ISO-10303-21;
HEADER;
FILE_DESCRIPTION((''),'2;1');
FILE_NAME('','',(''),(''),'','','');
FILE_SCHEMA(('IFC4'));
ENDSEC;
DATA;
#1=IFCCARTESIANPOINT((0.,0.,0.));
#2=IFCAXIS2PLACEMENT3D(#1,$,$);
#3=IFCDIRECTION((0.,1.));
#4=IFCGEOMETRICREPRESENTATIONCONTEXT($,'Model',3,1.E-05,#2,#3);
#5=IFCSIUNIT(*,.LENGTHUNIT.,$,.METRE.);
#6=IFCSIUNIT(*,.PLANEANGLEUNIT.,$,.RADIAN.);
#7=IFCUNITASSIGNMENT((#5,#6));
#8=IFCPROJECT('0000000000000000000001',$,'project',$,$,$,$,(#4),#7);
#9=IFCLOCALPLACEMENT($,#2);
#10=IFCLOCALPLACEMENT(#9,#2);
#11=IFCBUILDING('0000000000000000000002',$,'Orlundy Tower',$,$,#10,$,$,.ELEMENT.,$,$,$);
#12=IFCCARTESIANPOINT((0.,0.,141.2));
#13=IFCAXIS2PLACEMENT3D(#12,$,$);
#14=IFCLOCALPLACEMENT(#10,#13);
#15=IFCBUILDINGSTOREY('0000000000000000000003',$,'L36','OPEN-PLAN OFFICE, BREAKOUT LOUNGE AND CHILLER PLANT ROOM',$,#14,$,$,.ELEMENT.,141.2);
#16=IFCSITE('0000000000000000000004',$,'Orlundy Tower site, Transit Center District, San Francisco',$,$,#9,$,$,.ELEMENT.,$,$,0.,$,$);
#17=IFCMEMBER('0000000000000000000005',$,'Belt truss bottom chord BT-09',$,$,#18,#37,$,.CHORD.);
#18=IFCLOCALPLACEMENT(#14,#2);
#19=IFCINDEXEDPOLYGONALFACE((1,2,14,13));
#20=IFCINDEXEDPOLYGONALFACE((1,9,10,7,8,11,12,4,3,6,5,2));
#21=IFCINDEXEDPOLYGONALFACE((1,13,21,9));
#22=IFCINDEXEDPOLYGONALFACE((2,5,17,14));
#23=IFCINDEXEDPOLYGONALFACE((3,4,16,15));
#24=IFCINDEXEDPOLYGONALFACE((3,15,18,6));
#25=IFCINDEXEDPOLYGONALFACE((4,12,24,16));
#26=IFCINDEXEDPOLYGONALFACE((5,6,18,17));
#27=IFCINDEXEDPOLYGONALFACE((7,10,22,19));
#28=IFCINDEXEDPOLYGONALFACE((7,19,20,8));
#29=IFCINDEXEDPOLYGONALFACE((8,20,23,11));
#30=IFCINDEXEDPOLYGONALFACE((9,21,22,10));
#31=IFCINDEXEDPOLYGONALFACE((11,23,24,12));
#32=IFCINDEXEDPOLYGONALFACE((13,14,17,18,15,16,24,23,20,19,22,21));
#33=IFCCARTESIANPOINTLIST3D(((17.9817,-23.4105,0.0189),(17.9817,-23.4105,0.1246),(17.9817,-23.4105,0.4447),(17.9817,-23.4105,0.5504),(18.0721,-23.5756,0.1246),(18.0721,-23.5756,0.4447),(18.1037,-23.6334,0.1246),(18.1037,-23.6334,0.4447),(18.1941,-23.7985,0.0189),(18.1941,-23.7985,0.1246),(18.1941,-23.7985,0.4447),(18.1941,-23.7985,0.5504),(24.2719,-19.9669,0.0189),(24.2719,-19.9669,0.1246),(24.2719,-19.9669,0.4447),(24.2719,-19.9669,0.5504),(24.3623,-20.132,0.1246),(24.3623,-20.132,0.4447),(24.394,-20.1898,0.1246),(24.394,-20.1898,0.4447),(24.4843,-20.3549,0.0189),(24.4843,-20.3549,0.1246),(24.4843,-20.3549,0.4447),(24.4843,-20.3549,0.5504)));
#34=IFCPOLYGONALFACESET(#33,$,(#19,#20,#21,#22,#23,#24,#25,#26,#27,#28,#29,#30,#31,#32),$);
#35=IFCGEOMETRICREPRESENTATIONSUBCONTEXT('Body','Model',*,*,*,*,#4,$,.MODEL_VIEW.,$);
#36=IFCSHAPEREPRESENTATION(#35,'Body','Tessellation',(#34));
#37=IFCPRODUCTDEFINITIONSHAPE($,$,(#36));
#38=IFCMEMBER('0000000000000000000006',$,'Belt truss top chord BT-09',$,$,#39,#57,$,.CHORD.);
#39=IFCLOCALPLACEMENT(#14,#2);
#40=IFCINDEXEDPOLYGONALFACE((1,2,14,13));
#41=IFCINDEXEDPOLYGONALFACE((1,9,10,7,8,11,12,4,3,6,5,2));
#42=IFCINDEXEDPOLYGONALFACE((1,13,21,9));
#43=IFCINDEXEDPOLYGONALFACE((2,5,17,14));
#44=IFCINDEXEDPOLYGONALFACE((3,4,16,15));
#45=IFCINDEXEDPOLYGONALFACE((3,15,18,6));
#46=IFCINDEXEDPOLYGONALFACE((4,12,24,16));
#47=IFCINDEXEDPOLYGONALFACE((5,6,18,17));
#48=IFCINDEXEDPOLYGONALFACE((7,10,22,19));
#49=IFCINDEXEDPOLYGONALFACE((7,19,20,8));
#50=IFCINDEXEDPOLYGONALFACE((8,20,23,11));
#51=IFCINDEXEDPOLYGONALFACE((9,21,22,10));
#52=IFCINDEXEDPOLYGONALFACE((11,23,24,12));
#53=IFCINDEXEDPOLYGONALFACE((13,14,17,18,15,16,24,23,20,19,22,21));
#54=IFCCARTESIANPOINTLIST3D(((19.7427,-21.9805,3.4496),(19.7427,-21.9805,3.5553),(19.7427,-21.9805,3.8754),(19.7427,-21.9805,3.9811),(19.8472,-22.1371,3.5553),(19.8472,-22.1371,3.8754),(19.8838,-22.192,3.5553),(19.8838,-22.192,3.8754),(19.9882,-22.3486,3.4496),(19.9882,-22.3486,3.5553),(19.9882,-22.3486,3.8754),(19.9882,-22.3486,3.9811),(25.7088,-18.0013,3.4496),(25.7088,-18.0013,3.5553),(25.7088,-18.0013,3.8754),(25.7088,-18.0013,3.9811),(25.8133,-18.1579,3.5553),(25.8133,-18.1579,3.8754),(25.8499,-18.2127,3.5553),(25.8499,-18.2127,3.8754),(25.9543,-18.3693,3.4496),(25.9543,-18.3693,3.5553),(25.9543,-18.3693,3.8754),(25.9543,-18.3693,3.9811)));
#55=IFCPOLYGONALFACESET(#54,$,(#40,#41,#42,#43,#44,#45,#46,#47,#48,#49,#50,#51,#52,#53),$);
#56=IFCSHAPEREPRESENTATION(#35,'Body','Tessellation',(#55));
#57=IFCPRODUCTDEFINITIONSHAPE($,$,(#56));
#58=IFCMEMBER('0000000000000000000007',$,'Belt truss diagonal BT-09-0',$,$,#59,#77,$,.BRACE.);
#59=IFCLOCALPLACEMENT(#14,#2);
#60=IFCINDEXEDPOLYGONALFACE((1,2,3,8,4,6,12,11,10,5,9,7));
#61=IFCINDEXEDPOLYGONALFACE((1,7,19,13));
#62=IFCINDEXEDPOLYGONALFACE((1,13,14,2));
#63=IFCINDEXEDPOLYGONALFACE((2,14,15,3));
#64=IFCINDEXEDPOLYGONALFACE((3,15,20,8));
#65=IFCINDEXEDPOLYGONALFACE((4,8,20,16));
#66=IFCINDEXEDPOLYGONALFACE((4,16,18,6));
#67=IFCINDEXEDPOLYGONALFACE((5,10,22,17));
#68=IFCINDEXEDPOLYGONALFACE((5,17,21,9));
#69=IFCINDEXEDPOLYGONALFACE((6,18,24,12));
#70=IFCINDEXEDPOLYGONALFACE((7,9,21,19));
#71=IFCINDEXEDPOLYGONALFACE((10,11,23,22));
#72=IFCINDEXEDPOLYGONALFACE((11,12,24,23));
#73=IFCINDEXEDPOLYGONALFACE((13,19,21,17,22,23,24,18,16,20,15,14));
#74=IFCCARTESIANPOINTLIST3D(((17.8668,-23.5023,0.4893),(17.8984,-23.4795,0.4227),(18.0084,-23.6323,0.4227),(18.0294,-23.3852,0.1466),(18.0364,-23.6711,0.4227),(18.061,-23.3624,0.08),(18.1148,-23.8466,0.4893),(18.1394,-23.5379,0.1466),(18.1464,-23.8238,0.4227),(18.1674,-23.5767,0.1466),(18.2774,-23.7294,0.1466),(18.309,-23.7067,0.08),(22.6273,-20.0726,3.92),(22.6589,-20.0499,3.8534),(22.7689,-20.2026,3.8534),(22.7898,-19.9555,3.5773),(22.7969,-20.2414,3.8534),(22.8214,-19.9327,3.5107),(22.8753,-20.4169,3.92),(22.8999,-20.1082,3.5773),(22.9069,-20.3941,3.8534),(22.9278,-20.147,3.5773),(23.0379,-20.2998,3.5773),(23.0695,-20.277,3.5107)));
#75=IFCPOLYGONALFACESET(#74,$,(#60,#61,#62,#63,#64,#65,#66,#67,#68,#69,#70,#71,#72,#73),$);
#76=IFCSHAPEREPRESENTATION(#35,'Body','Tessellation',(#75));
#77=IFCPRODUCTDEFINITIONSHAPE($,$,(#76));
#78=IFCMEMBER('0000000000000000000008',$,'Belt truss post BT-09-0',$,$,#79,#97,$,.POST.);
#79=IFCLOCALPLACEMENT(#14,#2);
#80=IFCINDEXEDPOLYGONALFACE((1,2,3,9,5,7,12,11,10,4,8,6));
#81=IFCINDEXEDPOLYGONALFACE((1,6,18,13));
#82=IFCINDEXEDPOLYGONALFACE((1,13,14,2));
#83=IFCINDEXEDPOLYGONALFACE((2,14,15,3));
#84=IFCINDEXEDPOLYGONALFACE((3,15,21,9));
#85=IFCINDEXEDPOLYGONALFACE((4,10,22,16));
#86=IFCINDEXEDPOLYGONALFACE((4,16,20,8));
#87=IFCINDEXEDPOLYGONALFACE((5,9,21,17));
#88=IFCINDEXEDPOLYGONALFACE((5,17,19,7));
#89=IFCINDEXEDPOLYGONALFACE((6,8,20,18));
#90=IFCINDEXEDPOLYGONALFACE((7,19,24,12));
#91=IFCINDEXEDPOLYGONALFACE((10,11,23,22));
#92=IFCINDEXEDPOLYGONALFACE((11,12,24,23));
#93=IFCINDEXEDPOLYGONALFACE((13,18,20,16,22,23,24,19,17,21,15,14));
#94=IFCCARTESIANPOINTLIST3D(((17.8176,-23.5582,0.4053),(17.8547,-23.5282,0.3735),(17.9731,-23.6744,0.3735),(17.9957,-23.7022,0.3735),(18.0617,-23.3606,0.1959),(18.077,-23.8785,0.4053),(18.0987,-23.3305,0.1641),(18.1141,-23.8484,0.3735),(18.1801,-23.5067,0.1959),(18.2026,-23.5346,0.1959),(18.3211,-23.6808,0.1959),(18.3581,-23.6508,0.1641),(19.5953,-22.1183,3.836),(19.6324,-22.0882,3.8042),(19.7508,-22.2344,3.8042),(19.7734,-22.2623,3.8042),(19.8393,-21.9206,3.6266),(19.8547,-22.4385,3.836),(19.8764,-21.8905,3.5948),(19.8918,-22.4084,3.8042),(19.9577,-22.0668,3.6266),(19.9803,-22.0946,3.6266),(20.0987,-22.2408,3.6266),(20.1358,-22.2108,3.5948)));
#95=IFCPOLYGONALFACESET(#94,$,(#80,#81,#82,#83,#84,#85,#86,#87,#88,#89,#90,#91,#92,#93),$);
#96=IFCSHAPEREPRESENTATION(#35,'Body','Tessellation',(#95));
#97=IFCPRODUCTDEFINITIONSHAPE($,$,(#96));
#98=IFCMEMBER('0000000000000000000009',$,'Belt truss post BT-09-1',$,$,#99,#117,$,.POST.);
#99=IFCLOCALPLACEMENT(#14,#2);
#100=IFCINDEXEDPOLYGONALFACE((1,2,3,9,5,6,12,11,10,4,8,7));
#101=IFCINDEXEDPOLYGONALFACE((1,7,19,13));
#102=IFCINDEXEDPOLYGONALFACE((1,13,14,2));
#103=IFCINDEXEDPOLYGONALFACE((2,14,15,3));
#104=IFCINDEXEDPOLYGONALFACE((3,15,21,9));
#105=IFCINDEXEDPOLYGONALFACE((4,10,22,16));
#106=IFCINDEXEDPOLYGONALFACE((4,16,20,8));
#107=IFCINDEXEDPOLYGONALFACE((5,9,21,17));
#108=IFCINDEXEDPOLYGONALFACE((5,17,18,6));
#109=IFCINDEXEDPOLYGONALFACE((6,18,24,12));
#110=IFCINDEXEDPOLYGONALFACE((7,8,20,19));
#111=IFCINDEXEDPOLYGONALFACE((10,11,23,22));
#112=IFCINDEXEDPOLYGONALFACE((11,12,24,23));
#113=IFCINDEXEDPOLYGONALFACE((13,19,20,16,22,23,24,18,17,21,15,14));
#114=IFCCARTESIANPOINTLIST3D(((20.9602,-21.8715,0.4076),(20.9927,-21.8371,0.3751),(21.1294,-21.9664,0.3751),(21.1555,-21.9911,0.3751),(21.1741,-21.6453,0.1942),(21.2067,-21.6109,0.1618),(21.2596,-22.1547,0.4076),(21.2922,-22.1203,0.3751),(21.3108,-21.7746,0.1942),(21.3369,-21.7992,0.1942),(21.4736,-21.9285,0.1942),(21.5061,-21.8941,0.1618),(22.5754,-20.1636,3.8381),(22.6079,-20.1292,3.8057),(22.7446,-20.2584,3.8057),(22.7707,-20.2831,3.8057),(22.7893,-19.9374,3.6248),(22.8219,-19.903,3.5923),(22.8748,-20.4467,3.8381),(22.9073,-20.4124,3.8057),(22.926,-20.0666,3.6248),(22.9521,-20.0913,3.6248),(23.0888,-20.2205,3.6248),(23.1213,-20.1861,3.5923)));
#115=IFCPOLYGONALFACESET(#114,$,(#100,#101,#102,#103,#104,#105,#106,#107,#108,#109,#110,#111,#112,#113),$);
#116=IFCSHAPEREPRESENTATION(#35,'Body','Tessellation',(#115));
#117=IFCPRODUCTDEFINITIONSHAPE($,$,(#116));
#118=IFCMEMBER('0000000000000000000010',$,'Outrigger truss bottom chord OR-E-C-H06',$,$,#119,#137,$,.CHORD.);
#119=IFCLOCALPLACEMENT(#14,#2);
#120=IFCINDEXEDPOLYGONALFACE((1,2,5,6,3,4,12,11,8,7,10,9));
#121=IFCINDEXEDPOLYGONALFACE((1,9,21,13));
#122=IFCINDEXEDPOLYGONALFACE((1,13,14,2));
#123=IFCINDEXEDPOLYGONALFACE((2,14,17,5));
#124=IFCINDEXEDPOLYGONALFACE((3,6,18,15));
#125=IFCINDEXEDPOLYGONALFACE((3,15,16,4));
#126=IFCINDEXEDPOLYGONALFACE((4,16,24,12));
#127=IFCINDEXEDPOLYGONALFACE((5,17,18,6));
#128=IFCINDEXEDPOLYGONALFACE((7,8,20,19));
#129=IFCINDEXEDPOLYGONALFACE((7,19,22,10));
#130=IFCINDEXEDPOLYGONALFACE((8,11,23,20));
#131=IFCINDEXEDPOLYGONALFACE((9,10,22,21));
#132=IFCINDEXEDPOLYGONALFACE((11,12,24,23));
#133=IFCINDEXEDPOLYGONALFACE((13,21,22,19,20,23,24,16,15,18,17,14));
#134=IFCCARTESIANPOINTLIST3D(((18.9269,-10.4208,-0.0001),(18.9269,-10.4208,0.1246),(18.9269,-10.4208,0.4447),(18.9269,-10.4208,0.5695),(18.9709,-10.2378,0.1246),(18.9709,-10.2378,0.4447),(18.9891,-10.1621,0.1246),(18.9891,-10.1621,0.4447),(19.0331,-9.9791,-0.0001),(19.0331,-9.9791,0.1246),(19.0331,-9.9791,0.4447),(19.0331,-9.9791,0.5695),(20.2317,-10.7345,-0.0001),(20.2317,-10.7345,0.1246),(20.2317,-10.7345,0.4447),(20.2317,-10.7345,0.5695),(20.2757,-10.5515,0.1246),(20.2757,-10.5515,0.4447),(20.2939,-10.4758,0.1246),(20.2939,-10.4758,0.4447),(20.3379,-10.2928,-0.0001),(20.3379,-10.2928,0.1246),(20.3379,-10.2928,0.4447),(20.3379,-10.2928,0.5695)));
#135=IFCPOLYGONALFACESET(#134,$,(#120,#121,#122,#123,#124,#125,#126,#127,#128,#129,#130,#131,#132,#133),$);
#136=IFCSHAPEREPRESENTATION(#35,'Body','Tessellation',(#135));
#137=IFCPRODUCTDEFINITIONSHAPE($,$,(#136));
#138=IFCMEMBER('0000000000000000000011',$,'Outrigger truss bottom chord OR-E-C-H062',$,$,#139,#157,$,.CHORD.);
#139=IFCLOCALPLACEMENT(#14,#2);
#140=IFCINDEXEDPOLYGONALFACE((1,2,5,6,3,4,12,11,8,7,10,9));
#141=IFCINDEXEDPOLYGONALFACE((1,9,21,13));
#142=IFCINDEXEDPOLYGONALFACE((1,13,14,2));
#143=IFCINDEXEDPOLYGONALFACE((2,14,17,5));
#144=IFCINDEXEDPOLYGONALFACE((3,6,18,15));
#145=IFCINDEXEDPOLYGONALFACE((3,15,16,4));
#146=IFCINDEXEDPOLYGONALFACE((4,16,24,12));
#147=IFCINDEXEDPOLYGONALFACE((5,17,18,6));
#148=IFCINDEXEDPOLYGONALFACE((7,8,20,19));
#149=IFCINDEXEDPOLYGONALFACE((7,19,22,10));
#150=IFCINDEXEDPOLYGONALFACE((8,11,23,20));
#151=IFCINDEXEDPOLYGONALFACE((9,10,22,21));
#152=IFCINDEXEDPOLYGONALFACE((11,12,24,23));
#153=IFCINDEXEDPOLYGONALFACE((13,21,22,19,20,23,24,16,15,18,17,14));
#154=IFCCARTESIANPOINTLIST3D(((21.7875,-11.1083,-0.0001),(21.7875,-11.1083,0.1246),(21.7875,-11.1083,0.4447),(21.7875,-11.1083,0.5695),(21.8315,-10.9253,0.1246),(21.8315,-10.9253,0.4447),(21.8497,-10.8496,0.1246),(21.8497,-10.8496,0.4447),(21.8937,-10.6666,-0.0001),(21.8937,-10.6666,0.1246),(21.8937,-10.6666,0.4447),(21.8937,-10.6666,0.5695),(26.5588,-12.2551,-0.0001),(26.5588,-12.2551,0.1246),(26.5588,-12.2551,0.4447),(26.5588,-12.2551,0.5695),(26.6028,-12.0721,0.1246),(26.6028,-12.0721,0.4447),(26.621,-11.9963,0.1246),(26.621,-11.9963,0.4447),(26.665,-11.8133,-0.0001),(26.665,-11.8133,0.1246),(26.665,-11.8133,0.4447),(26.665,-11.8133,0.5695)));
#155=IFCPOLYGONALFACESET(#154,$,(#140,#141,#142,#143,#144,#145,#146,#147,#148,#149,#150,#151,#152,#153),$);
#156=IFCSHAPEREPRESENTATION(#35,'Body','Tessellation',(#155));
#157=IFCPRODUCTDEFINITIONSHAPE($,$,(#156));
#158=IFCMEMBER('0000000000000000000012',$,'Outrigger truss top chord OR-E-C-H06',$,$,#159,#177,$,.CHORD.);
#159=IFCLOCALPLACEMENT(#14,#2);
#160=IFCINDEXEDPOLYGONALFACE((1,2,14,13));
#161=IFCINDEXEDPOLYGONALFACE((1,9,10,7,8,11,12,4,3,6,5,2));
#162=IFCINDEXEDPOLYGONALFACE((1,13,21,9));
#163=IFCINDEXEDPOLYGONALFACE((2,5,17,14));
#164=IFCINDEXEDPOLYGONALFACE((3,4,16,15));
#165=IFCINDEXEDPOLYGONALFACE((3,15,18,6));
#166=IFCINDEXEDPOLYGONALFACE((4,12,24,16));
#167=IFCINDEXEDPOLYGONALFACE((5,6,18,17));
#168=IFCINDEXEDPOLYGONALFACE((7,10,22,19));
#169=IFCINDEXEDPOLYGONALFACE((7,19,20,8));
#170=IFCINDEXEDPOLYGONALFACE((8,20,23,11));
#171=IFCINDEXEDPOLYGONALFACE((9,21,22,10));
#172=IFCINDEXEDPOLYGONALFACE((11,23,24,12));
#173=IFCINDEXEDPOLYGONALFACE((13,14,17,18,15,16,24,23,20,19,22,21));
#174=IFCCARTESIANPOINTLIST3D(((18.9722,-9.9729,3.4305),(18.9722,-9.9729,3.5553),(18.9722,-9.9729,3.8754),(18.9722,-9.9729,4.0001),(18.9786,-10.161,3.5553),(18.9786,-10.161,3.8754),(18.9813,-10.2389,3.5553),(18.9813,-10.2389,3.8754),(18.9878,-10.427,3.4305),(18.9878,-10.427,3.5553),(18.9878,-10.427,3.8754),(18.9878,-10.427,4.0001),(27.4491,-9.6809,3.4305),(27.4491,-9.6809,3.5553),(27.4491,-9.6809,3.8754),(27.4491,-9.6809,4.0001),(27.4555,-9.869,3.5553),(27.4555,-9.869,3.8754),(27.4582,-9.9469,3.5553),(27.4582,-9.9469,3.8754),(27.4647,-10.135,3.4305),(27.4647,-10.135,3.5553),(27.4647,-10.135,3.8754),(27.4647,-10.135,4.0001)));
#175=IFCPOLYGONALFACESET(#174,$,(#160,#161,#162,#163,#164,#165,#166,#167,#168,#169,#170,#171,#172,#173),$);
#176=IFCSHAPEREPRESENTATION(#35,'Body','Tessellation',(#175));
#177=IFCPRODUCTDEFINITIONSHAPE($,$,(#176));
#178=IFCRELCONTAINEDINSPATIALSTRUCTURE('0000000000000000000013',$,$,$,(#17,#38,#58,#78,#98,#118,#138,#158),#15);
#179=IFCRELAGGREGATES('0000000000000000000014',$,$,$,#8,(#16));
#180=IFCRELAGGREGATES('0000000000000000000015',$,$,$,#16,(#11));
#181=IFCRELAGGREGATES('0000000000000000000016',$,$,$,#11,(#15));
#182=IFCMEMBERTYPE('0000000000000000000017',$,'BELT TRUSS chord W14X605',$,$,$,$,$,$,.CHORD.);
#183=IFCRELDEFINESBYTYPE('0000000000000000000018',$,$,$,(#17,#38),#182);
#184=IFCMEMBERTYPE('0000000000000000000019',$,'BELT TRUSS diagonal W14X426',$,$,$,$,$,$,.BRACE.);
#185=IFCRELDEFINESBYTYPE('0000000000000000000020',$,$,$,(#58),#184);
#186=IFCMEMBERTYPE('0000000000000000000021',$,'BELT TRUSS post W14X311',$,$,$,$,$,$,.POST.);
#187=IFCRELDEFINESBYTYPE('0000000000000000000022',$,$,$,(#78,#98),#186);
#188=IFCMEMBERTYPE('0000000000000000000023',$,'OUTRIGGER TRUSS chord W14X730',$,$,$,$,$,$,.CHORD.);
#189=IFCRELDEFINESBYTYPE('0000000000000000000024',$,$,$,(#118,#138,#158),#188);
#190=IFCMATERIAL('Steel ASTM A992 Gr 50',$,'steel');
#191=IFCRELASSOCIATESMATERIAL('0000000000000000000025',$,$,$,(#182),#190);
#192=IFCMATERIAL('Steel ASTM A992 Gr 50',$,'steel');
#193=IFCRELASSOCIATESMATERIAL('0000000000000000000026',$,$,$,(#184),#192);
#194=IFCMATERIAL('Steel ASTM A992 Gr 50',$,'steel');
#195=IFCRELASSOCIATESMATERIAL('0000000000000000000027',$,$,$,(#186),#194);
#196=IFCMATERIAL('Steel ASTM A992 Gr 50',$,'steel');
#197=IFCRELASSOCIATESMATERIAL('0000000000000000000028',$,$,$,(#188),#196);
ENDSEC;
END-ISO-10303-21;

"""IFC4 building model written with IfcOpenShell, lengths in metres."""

from ifc_helpers import new_model, si_unit, direction, frame, origin, origin_2d, place, context, subcontext, project, spatial, i_section, extrude, material, material_profile, profile_set, type_object, element, save


model = new_model("IFC4")

# Units and contexts
model_context = context("Model", 3, precision=1e-05, world=origin(), true_north=direction((0.0, 1.0)))
body_context = subcontext(model_context, "Body", "Model", "MODEL_VIEW")
ifc_project = project(units=[si_unit("LENGTHUNIT", "METRE"), si_unit("PLANEANGLEUNIT", "RADIAN")], contexts=[model_context])

# Site, building, storey
site_placement = place(None, origin())
site = spatial("IfcSite", under=ifc_project, at=site_placement, Name="Orlundy Tower site, Transit Center District, San Francisco", CompositionType="ELEMENT", RefElevation=0.0)
building_placement = place(site_placement, origin())
building = spatial("IfcBuilding", under=site, at=building_placement, Name="Orlundy Tower", CompositionType="ELEMENT")
storey_placement = place(building_placement, frame((0.0, 0.0, 141.2)))
storey = spatial("IfcBuildingStorey", under=building, at=storey_placement, Name="L36", Description="OPEN-PLAN OFFICE, BREAKOUT LOUNGE AND CHILLER PLANT ROOM", CompositionType="ELEMENT", Elevation=141.2)

# Members
ifc_material_1 = material(Name="Steel ASTM A992 Gr 50", Category="steel")
ifc_material_profile_1 = material_profile(ifc_material_1, i_section(OverallWidth=0.4424, OverallDepth=0.5315, WebThickness=0.0659, FlangeThickness=0.1057, at=origin_2d()), Name="W14X605")
ifc_profile_set_1 = profile_set([ifc_material_profile_1], Name="Steel ASTM A992 Gr 50")
member_type_1 = type_object("IfcMemberType", Name="BELT TRUSS chord W14X605", PredefinedType="CHORD", material=ifc_profile_set_1)
member_1_placement = place(storey_placement, frame((18.0879, -23.6045, 0.2847), z_axis=(0.877159, 0.480199, 0.0), x_axis=(-0.480199, 0.877159, 0.0)))
element("IfcMember", 1, at=member_1_placement, inside=storey, type_object=member_type_1, Name="Belt truss bottom chord BT-09", PredefinedType="CHORD", context=body_context, shape_type="SweptSolid", body=[
    extrude(i_section(OverallWidth=0.4424, OverallDepth=0.5315, WebThickness=0.0659, FlangeThickness=0.1057, at=origin_2d()), origin(), (0.0, 0.0, 1.0), 7.1711),
])
member_2_placement = place(storey_placement, frame((19.8655, -22.1646, 3.7153), z_axis=(0.83193, 0.554881, 0.0), x_axis=(-0.554881, 0.83193, 0.0)))
element("IfcMember", 2, at=member_2_placement, inside=storey, type_object=member_type_1, Name="Belt truss top chord BT-09", PredefinedType="CHORD", context=body_context, shape_type="SweptSolid", body=[
    extrude(i_section(OverallWidth=0.4424, OverallDepth=0.5315, WebThickness=0.0659, FlangeThickness=0.1057, at=origin_2d()), origin(), (0.0, 0.0, 1.0), 7.1714),
])
ifc_material_2 = material(Name="Steel ASTM A992 Gr 50", Category="steel")
ifc_material_profile_2 = material_profile(ifc_material_2, i_section(OverallWidth=0.4243, OverallDepth=0.4741, WebThickness=0.0479, FlangeThickness=0.0771, at=origin_2d()), Name="W14X426")
ifc_profile_set_2 = profile_set([ifc_material_profile_2], Name="Steel ASTM A992 Gr 50")
member_type_2 = type_object("IfcMemberType", Name="BELT TRUSS diagonal W14X426", PredefinedType="BRACE", material=ifc_profile_set_2)
member_3_placement = place(storey_placement, frame((18.0879, -23.6045, 0.2847), z_axis=(0.700418, 0.504614, 0.504758), x_axis=(-0.584544, 0.811362, 0.0)))
element("IfcMember", 3, at=member_3_placement, inside=storey, type_object=member_type_2, Name="Belt truss diagonal BT-09-0", PredefinedType="BRACE", context=body_context, shape_type="SweptSolid", body=[
    extrude(i_section(OverallWidth=0.4243, OverallDepth=0.4741, WebThickness=0.0479, FlangeThickness=0.0771, at=origin_2d()), origin(), (0.0, 0.0, 1.0), 6.7966),
])
ifc_material_3 = material(Name="Steel ASTM A992 Gr 50", Category="steel")
ifc_material_profile_3 = material_profile(ifc_material_3, i_section(OverallWidth=0.4121, OverallDepth=0.4348, WebThickness=0.0359, FlangeThickness=0.0574, at=origin_2d()), Name="W14X311")
ifc_profile_set_3 = profile_set([ifc_material_profile_3], Name="Steel ASTM A992 Gr 50")
member_type_3 = type_object("IfcMemberType", Name="BELT TRUSS post W14X311", PredefinedType="POST", material=ifc_profile_set_3)
member_4_placement = place(storey_placement, frame((18.0879, -23.6045, 0.2847), z_axis=(0.431094, 0.349209, 0.831992), x_axis=(-0.629447, 0.777044, 0.0)))
element("IfcMember", 4, at=member_4_placement, inside=storey, type_object=member_type_3, Name="Belt truss post BT-09-0", PredefinedType="POST", context=body_context, shape_type="SweptSolid", body=[
    extrude(i_section(OverallWidth=0.4121, OverallDepth=0.4348, WebThickness=0.0359, FlangeThickness=0.0574, at=origin_2d()), origin(), (0.0, 0.0, 1.0), 4.1235),
])
member_5_placement = place(storey_placement, frame((21.2332, -21.8828, 0.2847), z_axis=(0.388388, 0.410696, 0.824914), x_axis=(-0.726564, 0.687099, 0.0)))
element("IfcMember", 5, at=member_5_placement, inside=storey, type_object=member_type_3, Name="Belt truss post BT-09-1", PredefinedType="POST", context=body_context, shape_type="SweptSolid", body=[
    extrude(i_section(OverallWidth=0.4121, OverallDepth=0.4348, WebThickness=0.0359, FlangeThickness=0.0574, at=origin_2d()), origin(), (0.0, 0.0, 1.0), 4.1587),
])
ifc_material_4 = material(Name="Steel ASTM A992 Gr 50", Category="steel")
ifc_material_profile_4 = material_profile(ifc_material_4, i_section(OverallWidth=0.4543, OverallDepth=0.5696, WebThickness=0.0779, FlangeThickness=0.1248, at=origin_2d()), Name="W14X730")
ifc_profile_set_4 = profile_set([ifc_material_profile_4], Name="Steel ASTM A992 Gr 50")
member_type_4 = type_object("IfcMemberType", Name="OUTRIGGER TRUSS chord W14X730", PredefinedType="CHORD", material=ifc_profile_set_4)
member_6_placement = place(storey_placement, frame((18.98, -10.2, 0.2847), z_axis=(0.972296, -0.233751, 0.0), x_axis=(0.233751, 0.972296, 0.0)))
element("IfcMember", 6, at=member_6_placement, inside=storey, type_object=member_type_4, Name="Outrigger truss bottom chord OR-E-C-H06", PredefinedType="CHORD", context=body_context, shape_type="SweptSolid", body=[
    extrude(i_section(OverallWidth=0.4543, OverallDepth=0.5696, WebThickness=0.0779, FlangeThickness=0.1248, at=origin_2d()), origin(), (0.0, 0.0, 1.0), 1.342),
])
member_7_placement = place(storey_placement, frame((21.8406, -10.8875, 0.2847), z_axis=(0.972312, -0.233687, 0.0), x_axis=(0.233687, 0.972312, 0.0)))
element("IfcMember", 7, at=member_7_placement, inside=storey, type_object=member_type_4, Name="Outrigger truss bottom chord OR-E-C-H062", PredefinedType="CHORD", context=body_context, shape_type="SweptSolid", body=[
    extrude(i_section(OverallWidth=0.4543, OverallDepth=0.5696, WebThickness=0.0779, FlangeThickness=0.1248, at=origin_2d()), origin(), (0.0, 0.0, 1.0), 4.9072),
])
member_8_placement = place(storey_placement, frame((18.98, -10.2, 3.7153), z_axis=(0.999407, 0.034426, 0.0), x_axis=(-0.034426, 0.999407, 0.0)))
element("IfcMember", 8, at=member_8_placement, inside=storey, type_object=member_type_4, Name="Outrigger truss top chord OR-E-C-H06", PredefinedType="CHORD", context=body_context, shape_type="SweptSolid", body=[
    extrude(i_section(OverallWidth=0.4543, OverallDepth=0.5696, WebThickness=0.0779, FlangeThickness=0.1248, at=origin_2d()), origin(), (0.0, 0.0, 1.0), 8.4819),
])

save(model, "model.ifc")
